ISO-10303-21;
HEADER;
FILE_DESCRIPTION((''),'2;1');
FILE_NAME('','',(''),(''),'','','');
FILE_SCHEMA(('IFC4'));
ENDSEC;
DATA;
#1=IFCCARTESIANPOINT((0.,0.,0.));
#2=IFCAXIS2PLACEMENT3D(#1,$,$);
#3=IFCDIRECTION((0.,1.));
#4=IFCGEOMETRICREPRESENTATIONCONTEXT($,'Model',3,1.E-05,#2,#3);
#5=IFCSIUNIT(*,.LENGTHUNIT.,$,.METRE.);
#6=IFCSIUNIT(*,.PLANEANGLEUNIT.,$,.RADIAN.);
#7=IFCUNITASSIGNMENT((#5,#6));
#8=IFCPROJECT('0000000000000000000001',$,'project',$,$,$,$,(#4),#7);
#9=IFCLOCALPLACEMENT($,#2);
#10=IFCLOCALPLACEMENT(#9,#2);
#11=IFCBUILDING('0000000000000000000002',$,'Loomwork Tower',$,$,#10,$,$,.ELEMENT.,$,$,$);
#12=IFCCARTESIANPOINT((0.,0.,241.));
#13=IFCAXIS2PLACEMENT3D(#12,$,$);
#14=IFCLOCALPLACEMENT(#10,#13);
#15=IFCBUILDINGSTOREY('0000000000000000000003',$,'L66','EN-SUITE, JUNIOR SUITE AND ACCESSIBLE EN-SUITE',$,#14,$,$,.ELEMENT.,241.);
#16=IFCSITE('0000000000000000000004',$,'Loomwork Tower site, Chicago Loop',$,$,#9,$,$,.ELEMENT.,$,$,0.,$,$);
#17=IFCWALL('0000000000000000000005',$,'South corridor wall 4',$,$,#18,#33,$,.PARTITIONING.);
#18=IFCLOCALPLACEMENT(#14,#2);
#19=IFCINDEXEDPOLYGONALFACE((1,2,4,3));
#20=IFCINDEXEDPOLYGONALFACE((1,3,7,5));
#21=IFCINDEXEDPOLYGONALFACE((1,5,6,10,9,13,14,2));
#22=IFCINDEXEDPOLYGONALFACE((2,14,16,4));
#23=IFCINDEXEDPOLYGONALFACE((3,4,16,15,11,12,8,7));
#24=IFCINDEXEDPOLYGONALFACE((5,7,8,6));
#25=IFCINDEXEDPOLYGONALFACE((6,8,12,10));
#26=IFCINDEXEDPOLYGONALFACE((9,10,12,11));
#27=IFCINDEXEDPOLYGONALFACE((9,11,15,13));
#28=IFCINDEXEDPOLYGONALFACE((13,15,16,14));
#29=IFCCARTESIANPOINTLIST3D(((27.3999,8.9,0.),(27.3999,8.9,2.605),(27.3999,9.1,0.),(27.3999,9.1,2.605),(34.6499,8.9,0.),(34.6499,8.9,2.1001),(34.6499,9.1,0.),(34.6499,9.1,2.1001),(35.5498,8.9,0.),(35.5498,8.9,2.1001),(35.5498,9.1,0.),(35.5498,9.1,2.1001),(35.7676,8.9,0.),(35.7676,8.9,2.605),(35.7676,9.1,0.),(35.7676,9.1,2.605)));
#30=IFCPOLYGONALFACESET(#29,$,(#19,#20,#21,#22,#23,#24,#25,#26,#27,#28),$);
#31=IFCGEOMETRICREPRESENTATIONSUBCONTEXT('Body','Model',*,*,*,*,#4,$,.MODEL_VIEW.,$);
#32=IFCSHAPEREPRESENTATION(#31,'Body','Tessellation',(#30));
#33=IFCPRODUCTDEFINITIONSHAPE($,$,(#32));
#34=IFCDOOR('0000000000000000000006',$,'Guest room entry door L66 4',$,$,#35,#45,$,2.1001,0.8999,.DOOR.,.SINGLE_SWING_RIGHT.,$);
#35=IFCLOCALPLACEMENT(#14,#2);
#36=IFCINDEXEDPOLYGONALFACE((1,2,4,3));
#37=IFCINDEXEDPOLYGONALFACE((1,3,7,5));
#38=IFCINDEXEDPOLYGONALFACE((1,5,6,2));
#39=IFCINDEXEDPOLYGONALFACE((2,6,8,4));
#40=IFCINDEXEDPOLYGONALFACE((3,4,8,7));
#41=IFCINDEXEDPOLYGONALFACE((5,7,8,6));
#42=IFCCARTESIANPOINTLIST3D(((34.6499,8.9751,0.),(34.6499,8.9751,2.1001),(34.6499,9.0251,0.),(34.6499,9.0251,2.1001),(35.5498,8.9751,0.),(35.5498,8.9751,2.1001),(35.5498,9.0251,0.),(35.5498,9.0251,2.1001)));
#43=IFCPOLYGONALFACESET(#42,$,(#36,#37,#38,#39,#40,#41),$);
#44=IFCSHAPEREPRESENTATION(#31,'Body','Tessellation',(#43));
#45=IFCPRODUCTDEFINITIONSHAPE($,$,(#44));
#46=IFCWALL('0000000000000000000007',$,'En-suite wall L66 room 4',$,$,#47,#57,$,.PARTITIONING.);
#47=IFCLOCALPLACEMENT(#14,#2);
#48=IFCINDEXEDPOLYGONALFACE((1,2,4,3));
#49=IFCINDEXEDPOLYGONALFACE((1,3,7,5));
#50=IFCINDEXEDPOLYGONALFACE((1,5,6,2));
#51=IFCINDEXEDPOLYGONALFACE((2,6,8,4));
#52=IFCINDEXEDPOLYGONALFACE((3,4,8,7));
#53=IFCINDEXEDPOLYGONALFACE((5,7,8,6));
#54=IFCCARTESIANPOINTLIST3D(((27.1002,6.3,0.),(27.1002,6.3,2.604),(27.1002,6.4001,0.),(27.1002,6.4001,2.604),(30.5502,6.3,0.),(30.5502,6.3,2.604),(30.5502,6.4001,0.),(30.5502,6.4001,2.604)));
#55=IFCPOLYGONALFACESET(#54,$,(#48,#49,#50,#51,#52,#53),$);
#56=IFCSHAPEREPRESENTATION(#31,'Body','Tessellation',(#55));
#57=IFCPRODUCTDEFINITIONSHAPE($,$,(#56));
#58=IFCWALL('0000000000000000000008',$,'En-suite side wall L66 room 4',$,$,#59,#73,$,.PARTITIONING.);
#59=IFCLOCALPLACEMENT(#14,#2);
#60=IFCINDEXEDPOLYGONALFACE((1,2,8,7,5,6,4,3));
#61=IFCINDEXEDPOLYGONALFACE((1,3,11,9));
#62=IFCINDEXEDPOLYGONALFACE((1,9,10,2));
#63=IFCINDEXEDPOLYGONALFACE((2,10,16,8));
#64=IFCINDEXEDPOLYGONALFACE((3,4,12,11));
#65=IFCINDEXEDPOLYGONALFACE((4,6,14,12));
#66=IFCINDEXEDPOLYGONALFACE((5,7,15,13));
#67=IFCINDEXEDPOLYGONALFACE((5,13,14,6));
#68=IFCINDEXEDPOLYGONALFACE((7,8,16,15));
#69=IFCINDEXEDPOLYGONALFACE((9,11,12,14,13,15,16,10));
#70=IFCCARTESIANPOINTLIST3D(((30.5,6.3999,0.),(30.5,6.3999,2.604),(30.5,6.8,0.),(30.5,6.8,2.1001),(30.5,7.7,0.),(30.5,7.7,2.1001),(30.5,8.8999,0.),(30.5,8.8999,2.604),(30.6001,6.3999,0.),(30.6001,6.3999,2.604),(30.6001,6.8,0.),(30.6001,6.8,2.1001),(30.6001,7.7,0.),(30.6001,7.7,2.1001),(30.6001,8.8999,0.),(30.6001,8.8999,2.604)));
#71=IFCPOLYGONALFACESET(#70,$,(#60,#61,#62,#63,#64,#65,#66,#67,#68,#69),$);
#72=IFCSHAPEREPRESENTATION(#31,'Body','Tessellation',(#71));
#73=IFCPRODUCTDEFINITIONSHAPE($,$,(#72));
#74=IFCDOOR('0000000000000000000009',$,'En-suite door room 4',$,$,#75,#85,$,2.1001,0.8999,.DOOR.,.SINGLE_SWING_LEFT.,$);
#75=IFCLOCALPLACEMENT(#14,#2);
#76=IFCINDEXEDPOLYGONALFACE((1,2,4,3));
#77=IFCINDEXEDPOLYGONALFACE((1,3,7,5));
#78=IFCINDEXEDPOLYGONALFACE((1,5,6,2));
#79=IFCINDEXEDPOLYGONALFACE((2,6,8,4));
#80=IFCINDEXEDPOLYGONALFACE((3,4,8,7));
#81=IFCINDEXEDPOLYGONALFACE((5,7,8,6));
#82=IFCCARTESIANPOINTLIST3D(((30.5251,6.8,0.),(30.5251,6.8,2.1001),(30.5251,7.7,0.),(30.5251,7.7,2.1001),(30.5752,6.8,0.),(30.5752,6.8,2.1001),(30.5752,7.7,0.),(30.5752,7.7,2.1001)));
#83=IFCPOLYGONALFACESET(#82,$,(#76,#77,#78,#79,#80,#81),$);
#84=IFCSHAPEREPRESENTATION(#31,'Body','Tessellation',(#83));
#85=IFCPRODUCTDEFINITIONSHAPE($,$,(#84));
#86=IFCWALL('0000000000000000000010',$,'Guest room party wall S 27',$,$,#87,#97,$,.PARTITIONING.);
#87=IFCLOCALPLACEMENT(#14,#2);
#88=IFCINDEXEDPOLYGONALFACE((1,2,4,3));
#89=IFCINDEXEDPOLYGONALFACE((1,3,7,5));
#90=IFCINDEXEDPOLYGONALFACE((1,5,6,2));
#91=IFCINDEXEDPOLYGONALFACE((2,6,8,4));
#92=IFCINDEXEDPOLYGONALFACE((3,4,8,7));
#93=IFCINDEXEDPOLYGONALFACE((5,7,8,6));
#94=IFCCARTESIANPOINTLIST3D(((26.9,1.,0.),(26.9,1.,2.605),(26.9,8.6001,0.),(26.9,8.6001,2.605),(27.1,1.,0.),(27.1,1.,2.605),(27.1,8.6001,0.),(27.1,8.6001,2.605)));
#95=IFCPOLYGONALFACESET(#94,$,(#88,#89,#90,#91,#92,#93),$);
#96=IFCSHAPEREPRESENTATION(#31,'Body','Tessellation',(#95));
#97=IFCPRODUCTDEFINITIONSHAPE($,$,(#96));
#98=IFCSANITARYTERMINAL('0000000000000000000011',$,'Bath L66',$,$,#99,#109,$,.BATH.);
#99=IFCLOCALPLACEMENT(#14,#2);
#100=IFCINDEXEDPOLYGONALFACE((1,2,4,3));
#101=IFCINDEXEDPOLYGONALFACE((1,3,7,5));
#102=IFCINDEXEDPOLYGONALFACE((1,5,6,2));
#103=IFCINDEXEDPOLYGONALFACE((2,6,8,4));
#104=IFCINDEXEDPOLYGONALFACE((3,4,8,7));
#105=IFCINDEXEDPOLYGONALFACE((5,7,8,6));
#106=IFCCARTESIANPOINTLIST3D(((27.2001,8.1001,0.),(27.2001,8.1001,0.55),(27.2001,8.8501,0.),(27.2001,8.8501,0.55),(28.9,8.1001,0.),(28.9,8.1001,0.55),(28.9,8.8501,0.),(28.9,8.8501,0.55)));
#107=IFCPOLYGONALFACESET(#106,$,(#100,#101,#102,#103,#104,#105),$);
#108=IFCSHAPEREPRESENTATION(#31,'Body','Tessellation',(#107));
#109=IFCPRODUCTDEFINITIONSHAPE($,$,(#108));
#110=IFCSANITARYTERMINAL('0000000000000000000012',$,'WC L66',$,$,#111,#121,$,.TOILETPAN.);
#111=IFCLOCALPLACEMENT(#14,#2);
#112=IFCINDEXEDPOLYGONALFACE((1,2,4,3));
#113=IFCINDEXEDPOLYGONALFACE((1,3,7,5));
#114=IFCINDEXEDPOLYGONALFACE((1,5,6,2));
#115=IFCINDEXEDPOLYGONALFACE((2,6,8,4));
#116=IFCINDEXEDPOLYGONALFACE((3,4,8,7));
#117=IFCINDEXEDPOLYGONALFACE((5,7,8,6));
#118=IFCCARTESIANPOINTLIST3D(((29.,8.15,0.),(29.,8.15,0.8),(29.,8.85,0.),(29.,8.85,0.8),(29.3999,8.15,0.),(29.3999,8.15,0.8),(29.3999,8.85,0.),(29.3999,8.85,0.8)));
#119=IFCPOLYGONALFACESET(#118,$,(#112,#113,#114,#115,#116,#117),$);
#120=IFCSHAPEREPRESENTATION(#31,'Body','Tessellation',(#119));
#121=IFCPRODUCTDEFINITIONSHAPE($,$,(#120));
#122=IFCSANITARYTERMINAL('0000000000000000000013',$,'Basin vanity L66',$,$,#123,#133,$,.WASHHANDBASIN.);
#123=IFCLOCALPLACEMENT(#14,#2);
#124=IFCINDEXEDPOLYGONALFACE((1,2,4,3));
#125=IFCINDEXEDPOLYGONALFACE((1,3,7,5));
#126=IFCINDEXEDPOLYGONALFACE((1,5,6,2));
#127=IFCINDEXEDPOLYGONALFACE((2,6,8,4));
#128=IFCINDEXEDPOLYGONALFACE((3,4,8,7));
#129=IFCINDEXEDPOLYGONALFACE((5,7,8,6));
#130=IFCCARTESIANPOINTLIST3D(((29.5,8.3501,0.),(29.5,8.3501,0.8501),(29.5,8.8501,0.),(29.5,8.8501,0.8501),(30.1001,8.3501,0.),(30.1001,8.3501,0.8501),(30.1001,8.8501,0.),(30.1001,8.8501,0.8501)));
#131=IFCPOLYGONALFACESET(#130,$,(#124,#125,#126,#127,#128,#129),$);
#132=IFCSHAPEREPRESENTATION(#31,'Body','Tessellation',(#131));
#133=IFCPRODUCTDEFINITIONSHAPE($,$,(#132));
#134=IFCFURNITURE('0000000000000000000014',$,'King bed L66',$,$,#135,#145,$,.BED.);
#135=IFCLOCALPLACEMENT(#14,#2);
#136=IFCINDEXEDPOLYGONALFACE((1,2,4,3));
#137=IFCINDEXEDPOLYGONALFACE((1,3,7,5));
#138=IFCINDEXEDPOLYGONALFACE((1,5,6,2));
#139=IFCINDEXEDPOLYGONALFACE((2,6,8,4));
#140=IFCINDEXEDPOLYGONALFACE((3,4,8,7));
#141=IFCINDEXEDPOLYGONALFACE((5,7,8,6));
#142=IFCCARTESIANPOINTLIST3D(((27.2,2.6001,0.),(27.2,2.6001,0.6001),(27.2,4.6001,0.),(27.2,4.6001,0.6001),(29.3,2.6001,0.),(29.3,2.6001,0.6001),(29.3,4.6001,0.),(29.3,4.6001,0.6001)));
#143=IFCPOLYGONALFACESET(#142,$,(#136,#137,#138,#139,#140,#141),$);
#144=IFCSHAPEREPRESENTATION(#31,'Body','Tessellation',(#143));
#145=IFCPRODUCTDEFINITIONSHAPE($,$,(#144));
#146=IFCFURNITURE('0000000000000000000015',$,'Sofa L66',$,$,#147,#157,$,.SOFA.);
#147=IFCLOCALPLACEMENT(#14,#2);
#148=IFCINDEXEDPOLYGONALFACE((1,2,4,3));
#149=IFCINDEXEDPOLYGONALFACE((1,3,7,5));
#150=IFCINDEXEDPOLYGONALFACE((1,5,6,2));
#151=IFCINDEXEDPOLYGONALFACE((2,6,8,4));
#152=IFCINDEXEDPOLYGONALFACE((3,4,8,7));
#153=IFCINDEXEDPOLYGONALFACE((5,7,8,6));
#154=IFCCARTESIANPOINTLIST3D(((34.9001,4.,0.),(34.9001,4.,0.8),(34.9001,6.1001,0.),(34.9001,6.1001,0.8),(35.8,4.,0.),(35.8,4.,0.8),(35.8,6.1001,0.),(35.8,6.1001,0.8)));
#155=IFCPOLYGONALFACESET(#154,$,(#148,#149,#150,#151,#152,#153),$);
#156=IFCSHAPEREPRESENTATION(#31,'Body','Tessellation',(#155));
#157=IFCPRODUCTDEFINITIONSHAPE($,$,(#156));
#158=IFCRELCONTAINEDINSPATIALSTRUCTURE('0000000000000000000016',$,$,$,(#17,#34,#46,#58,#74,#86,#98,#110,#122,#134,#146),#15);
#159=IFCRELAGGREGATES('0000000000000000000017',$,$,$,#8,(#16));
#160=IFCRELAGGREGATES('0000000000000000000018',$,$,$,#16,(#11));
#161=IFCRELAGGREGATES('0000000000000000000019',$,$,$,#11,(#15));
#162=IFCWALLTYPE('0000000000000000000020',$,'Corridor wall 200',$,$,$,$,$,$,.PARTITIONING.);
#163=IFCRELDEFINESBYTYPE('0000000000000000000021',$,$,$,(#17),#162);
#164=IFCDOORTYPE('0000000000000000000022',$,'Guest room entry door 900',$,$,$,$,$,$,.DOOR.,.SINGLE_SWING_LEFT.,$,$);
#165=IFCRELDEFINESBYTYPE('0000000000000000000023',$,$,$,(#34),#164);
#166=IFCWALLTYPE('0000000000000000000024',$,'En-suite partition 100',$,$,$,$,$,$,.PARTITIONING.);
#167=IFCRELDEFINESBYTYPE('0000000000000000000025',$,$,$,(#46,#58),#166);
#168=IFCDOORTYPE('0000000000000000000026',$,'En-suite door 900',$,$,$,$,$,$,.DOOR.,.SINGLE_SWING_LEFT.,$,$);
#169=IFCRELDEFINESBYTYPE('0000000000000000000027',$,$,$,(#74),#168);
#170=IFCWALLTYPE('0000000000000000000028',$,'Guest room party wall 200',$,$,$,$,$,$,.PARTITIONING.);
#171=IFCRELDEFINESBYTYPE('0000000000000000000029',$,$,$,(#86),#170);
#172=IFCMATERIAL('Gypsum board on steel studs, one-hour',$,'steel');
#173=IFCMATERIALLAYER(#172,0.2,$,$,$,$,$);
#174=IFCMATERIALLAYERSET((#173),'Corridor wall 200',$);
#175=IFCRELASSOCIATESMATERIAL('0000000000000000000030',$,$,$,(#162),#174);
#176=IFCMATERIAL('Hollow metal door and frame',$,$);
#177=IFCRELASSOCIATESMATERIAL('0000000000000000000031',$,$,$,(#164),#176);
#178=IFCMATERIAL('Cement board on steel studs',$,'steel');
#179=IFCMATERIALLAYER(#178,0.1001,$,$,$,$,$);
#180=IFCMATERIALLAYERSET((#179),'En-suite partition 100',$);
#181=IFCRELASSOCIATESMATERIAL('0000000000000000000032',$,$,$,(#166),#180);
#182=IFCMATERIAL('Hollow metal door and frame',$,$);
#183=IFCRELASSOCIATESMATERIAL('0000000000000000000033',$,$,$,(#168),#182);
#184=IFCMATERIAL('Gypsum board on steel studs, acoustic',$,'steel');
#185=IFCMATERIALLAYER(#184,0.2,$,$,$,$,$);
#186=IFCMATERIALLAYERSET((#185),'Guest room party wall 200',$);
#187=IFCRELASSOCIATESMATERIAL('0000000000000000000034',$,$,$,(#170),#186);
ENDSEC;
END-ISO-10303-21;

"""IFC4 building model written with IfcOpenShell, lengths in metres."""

from ifc_helpers import new_model, si_unit, direction, frame, frame_2d, origin, origin_2d, place, context, subcontext, project, spatial, rectangle, extrude, material, layer, layer_set, type_object, element, fill, save


model = new_model("IFC4")

# Units and contexts
model_context = context("Model", 3, precision=1e-05, world=origin(), true_north=direction((0.0, 1.0)))
body_context = subcontext(model_context, "Body", "Model", "MODEL_VIEW")
ifc_project = project(units=[si_unit("LENGTHUNIT", "METRE"), si_unit("PLANEANGLEUNIT", "RADIAN")], contexts=[model_context])

# Site, building, storey
site_placement = place(None, origin())
site = spatial("IfcSite", under=ifc_project, at=site_placement, Name="Loomwork Tower site, Chicago Loop", CompositionType="ELEMENT", RefElevation=0.0)
building_placement = place(site_placement, origin())
building = spatial("IfcBuilding", under=site, at=building_placement, Name="Loomwork Tower", CompositionType="ELEMENT")
storey_placement = place(building_placement, frame((0.0, 0.0, 241.0)))
storey = spatial("IfcBuildingStorey", under=building, at=storey_placement, Name="L66", Description="EN-SUITE, JUNIOR SUITE AND ACCESSIBLE EN-SUITE", CompositionType="ELEMENT", Elevation=241.0)

# Wall, opening, door
ifc_material_1 = material(Name="Gypsum board on steel studs, one-hour", Category="steel")
ifc_layer_1 = layer(ifc_material_1, 0.2)
ifc_layer_set_1 = layer_set([ifc_layer_1], Name="Corridor wall 200")
wall_type_1 = type_object("IfcWallType", Name="Corridor wall 200", PredefinedType="PARTITIONING", material=ifc_layer_set_1)
wall_1_placement = place(storey_placement, frame((27.3999, 9.0, 0.0), z_axis=(0.0, 0.0, 1.0), x_axis=(1.0, 0.0, 0.0)))
wall_1 = element("IfcWall", 1, at=wall_1_placement, inside=storey, type_object=wall_type_1, Name="South corridor wall 4", PredefinedType="PARTITIONING", context=body_context, shape_type="SweptSolid", body=[
    extrude(rectangle(XDim=8.3677, YDim=0.2, at=frame_2d((4.1838, 0.0))), origin(), (0.0, 0.0, 1.0), 2.605),
])
opening_1_placement = place(wall_1_placement, frame((7.25, 0.0, 0.0)))
opening_1 = element("IfcOpeningElement", 2, at=opening_1_placement, cuts=wall_1, PredefinedType="OPENING", context=body_context, shape_type="SweptSolid", body=[
    extrude(rectangle(XDim=0.8999, YDim=2.1001, at=frame_2d((0.45, 1.05))), frame((0.0, 0.1099, 0.0), z_axis=(0.0, -1.0, 0.0), x_axis=(1.0, 0.0, 0.0)), (0.0, 0.0, 1.0), 0.22),
])
ifc_material_2 = material(Name="Hollow metal door and frame")
door_type_1 = type_object("IfcDoorType", Name="Guest room entry door 900", OperationType="SINGLE_SWING_LEFT", PredefinedType="DOOR", material=ifc_material_2)
door_1_placement = place(opening_1_placement, frame((0.8999, 0.0, 0.0), z_axis=(0.0, 0.0, 1.0), x_axis=(-1.0, 0.0, 0.0)))
door_1 = element("IfcDoor", 3, at=door_1_placement, inside=storey, type_object=door_type_1, Name="Guest room entry door L66 4", OperationType="SINGLE_SWING_RIGHT", OverallHeight=2.1001, OverallWidth=0.8999, PredefinedType="DOOR", context=body_context, shape_type="SweptSolid", body=[
    extrude(rectangle(XDim=0.8999, YDim=2.1001, at=frame_2d((0.45, 1.05))), frame((0.0, 0.0249, 0.0), z_axis=(0.0, -1.0, 0.0), x_axis=(1.0, 0.0, 0.0)), (0.0, 0.0, 1.0), 0.05),
])
fill(opening_1, door_1)

# Wall
ifc_material_3 = material(Name="Cement board on steel studs", Category="steel")
ifc_layer_2 = layer(ifc_material_3, 0.1001)
ifc_layer_set_2 = layer_set([ifc_layer_2], Name="En-suite partition 100")
wall_type_2 = type_object("IfcWallType", Name="En-suite partition 100", PredefinedType="PARTITIONING", material=ifc_layer_set_2)
wall_2_placement = place(storey_placement, frame((27.1001, 6.3501, 0.0), z_axis=(0.0, 0.0, 1.0), x_axis=(1.0, 0.0, 0.0)))
element("IfcWall", 4, at=wall_2_placement, inside=storey, type_object=wall_type_2, Name="En-suite wall L66 room 4", PredefinedType="PARTITIONING", context=body_context, shape_type="SweptSolid", body=[
    extrude(rectangle(XDim=3.45, YDim=0.1001, at=frame_2d((1.7251, 0.0))), origin(), (0.0, 0.0, 1.0), 2.604),
])

# Wall, opening, door
wall_3_placement = place(storey_placement, frame((30.55, 8.8999, 0.0), z_axis=(0.0, 0.0, 1.0), x_axis=(0.0, -1.0, 0.0)))
wall_3 = element("IfcWall", 5, at=wall_3_placement, inside=storey, type_object=wall_type_2, Name="En-suite side wall L66 room 4", PredefinedType="PARTITIONING", context=body_context, shape_type="SweptSolid", body=[
    extrude(rectangle(XDim=2.5, YDim=0.1001, at=frame_2d((1.25, 0.0))), origin(), (0.0, 0.0, 1.0), 2.604),
])
opening_2_placement = place(wall_3_placement, frame((1.2, 0.0, 0.0)))
opening_2 = element("IfcOpeningElement", 6, at=opening_2_placement, cuts=wall_3, PredefinedType="OPENING", context=body_context, shape_type="SweptSolid", body=[
    extrude(rectangle(XDim=0.8999, YDim=2.1001, at=frame_2d((0.45, 1.05))), frame((0.0, 0.0601, 0.0), z_axis=(0.0, -1.0, 0.0), x_axis=(1.0, 0.0, 0.0)), (0.0, 0.0, 1.0), 0.1201),
])
ifc_material_4 = material(Name="Hollow metal door and frame")
door_type_2 = type_object("IfcDoorType", Name="En-suite door 900", OperationType="SINGLE_SWING_LEFT", PredefinedType="DOOR", material=ifc_material_4)
door_2_placement = place(opening_2_placement, frame((0.8999, 0.0, 0.0), z_axis=(0.0, 0.0, 1.0), x_axis=(-1.0, 0.0, 0.0)))
door_2 = element("IfcDoor", 7, at=door_2_placement, inside=storey, type_object=door_type_2, Name="En-suite door room 4", OperationType="SINGLE_SWING_LEFT", OverallHeight=2.1001, OverallWidth=0.8999, PredefinedType="DOOR", context=body_context, shape_type="SweptSolid", body=[
    extrude(rectangle(XDim=0.8999, YDim=2.1001, at=frame_2d((0.45, 1.05))), frame((0.0, 0.0249, 0.0), z_axis=(0.0, -1.0, 0.0), x_axis=(1.0, 0.0, 0.0)), (0.0, 0.0, 1.0), 0.05),
])
fill(opening_2, door_2)

# Wall
ifc_material_5 = material(Name="Gypsum board on steel studs, acoustic", Category="steel")
ifc_layer_3 = layer(ifc_material_5, 0.2)
ifc_layer_set_3 = layer_set([ifc_layer_3], Name="Guest room party wall 200")
wall_type_3 = type_object("IfcWallType", Name="Guest room party wall 200", PredefinedType="PARTITIONING", material=ifc_layer_set_3)
wall_4_placement = place(storey_placement, frame((27.0, 8.6001, 0.0), z_axis=(0.0, 0.0, 1.0), x_axis=(0.0, -1.0, 0.0)))
element("IfcWall", 8, at=wall_4_placement, inside=storey, type_object=wall_type_3, Name="Guest room party wall S 27", PredefinedType="PARTITIONING", context=body_context, shape_type="SweptSolid", body=[
    extrude(rectangle(XDim=7.6001, YDim=0.2, at=frame_2d((3.8, 0.0))), origin(), (0.0, 0.0, 1.0), 2.605),
])

# Sanitary terminals
sanitary_terminal_1_placement = place(storey_placement, frame((28.05, 8.4751, 0.0), z_axis=(0.0, 0.0, 1.0), x_axis=(1.0, 0.0, 0.0)))
element("IfcSanitaryTerminal", 9, at=sanitary_terminal_1_placement, inside=storey, Name="Bath L66", PredefinedType="BATH", context=body_context, shape_type="SweptSolid", body=[
    extrude(rectangle(XDim=1.7, YDim=0.75, at=origin_2d()), origin(), (0.0, 0.0, 1.0), 0.55),
])
sanitary_terminal_2_placement = place(storey_placement, frame((29.2, 8.5, 0.0), z_axis=(0.0, 0.0, 1.0), x_axis=(1.0, 0.0, 0.0)))
element("IfcSanitaryTerminal", 10, at=sanitary_terminal_2_placement, inside=storey, Name="WC L66", PredefinedType="TOILETPAN", context=body_context, shape_type="SweptSolid", body=[
    extrude(rectangle(XDim=0.3999, YDim=0.7, at=origin_2d()), origin(), (0.0, 0.0, 1.0), 0.8),
])
sanitary_terminal_3_placement = place(storey_placement, frame((29.8, 8.6001, 0.0), z_axis=(0.0, 0.0, 1.0), x_axis=(1.0, 0.0, 0.0)))
element("IfcSanitaryTerminal", 11, at=sanitary_terminal_3_placement, inside=storey, Name="Basin vanity L66", PredefinedType="WASHHANDBASIN", context=body_context, shape_type="SweptSolid", body=[
    extrude(rectangle(XDim=0.6001, YDim=0.5, at=origin_2d()), origin(), (0.0, 0.0, 1.0), 0.8501),
])

# Furniture
furniture_1_placement = place(storey_placement, frame((28.25, 3.6001, 0.0), z_axis=(0.0, 0.0, 1.0), x_axis=(1.0, 0.0, 0.0)))
element("IfcFurniture", 12, at=furniture_1_placement, inside=storey, Name="King bed L66", PredefinedType="BED", context=body_context, shape_type="SweptSolid", body=[
    extrude(rectangle(XDim=2.1001, YDim=2.0, at=origin_2d()), origin(), (0.0, 0.0, 1.0), 0.6001),
])
furniture_2_placement = place(storey_placement, frame((35.3501, 5.05, 0.0), z_axis=(0.0, 0.0, 1.0), x_axis=(1.0, 0.0, 0.0)))
element("IfcFurniture", 13, at=furniture_2_placement, inside=storey, Name="Sofa L66", PredefinedType="SOFA", context=body_context, shape_type="SweptSolid", body=[
    extrude(rectangle(XDim=0.8999, YDim=2.1001, at=origin_2d()), origin(), (0.0, 0.0, 1.0), 0.8),
])

save(model, "model.ifc")
